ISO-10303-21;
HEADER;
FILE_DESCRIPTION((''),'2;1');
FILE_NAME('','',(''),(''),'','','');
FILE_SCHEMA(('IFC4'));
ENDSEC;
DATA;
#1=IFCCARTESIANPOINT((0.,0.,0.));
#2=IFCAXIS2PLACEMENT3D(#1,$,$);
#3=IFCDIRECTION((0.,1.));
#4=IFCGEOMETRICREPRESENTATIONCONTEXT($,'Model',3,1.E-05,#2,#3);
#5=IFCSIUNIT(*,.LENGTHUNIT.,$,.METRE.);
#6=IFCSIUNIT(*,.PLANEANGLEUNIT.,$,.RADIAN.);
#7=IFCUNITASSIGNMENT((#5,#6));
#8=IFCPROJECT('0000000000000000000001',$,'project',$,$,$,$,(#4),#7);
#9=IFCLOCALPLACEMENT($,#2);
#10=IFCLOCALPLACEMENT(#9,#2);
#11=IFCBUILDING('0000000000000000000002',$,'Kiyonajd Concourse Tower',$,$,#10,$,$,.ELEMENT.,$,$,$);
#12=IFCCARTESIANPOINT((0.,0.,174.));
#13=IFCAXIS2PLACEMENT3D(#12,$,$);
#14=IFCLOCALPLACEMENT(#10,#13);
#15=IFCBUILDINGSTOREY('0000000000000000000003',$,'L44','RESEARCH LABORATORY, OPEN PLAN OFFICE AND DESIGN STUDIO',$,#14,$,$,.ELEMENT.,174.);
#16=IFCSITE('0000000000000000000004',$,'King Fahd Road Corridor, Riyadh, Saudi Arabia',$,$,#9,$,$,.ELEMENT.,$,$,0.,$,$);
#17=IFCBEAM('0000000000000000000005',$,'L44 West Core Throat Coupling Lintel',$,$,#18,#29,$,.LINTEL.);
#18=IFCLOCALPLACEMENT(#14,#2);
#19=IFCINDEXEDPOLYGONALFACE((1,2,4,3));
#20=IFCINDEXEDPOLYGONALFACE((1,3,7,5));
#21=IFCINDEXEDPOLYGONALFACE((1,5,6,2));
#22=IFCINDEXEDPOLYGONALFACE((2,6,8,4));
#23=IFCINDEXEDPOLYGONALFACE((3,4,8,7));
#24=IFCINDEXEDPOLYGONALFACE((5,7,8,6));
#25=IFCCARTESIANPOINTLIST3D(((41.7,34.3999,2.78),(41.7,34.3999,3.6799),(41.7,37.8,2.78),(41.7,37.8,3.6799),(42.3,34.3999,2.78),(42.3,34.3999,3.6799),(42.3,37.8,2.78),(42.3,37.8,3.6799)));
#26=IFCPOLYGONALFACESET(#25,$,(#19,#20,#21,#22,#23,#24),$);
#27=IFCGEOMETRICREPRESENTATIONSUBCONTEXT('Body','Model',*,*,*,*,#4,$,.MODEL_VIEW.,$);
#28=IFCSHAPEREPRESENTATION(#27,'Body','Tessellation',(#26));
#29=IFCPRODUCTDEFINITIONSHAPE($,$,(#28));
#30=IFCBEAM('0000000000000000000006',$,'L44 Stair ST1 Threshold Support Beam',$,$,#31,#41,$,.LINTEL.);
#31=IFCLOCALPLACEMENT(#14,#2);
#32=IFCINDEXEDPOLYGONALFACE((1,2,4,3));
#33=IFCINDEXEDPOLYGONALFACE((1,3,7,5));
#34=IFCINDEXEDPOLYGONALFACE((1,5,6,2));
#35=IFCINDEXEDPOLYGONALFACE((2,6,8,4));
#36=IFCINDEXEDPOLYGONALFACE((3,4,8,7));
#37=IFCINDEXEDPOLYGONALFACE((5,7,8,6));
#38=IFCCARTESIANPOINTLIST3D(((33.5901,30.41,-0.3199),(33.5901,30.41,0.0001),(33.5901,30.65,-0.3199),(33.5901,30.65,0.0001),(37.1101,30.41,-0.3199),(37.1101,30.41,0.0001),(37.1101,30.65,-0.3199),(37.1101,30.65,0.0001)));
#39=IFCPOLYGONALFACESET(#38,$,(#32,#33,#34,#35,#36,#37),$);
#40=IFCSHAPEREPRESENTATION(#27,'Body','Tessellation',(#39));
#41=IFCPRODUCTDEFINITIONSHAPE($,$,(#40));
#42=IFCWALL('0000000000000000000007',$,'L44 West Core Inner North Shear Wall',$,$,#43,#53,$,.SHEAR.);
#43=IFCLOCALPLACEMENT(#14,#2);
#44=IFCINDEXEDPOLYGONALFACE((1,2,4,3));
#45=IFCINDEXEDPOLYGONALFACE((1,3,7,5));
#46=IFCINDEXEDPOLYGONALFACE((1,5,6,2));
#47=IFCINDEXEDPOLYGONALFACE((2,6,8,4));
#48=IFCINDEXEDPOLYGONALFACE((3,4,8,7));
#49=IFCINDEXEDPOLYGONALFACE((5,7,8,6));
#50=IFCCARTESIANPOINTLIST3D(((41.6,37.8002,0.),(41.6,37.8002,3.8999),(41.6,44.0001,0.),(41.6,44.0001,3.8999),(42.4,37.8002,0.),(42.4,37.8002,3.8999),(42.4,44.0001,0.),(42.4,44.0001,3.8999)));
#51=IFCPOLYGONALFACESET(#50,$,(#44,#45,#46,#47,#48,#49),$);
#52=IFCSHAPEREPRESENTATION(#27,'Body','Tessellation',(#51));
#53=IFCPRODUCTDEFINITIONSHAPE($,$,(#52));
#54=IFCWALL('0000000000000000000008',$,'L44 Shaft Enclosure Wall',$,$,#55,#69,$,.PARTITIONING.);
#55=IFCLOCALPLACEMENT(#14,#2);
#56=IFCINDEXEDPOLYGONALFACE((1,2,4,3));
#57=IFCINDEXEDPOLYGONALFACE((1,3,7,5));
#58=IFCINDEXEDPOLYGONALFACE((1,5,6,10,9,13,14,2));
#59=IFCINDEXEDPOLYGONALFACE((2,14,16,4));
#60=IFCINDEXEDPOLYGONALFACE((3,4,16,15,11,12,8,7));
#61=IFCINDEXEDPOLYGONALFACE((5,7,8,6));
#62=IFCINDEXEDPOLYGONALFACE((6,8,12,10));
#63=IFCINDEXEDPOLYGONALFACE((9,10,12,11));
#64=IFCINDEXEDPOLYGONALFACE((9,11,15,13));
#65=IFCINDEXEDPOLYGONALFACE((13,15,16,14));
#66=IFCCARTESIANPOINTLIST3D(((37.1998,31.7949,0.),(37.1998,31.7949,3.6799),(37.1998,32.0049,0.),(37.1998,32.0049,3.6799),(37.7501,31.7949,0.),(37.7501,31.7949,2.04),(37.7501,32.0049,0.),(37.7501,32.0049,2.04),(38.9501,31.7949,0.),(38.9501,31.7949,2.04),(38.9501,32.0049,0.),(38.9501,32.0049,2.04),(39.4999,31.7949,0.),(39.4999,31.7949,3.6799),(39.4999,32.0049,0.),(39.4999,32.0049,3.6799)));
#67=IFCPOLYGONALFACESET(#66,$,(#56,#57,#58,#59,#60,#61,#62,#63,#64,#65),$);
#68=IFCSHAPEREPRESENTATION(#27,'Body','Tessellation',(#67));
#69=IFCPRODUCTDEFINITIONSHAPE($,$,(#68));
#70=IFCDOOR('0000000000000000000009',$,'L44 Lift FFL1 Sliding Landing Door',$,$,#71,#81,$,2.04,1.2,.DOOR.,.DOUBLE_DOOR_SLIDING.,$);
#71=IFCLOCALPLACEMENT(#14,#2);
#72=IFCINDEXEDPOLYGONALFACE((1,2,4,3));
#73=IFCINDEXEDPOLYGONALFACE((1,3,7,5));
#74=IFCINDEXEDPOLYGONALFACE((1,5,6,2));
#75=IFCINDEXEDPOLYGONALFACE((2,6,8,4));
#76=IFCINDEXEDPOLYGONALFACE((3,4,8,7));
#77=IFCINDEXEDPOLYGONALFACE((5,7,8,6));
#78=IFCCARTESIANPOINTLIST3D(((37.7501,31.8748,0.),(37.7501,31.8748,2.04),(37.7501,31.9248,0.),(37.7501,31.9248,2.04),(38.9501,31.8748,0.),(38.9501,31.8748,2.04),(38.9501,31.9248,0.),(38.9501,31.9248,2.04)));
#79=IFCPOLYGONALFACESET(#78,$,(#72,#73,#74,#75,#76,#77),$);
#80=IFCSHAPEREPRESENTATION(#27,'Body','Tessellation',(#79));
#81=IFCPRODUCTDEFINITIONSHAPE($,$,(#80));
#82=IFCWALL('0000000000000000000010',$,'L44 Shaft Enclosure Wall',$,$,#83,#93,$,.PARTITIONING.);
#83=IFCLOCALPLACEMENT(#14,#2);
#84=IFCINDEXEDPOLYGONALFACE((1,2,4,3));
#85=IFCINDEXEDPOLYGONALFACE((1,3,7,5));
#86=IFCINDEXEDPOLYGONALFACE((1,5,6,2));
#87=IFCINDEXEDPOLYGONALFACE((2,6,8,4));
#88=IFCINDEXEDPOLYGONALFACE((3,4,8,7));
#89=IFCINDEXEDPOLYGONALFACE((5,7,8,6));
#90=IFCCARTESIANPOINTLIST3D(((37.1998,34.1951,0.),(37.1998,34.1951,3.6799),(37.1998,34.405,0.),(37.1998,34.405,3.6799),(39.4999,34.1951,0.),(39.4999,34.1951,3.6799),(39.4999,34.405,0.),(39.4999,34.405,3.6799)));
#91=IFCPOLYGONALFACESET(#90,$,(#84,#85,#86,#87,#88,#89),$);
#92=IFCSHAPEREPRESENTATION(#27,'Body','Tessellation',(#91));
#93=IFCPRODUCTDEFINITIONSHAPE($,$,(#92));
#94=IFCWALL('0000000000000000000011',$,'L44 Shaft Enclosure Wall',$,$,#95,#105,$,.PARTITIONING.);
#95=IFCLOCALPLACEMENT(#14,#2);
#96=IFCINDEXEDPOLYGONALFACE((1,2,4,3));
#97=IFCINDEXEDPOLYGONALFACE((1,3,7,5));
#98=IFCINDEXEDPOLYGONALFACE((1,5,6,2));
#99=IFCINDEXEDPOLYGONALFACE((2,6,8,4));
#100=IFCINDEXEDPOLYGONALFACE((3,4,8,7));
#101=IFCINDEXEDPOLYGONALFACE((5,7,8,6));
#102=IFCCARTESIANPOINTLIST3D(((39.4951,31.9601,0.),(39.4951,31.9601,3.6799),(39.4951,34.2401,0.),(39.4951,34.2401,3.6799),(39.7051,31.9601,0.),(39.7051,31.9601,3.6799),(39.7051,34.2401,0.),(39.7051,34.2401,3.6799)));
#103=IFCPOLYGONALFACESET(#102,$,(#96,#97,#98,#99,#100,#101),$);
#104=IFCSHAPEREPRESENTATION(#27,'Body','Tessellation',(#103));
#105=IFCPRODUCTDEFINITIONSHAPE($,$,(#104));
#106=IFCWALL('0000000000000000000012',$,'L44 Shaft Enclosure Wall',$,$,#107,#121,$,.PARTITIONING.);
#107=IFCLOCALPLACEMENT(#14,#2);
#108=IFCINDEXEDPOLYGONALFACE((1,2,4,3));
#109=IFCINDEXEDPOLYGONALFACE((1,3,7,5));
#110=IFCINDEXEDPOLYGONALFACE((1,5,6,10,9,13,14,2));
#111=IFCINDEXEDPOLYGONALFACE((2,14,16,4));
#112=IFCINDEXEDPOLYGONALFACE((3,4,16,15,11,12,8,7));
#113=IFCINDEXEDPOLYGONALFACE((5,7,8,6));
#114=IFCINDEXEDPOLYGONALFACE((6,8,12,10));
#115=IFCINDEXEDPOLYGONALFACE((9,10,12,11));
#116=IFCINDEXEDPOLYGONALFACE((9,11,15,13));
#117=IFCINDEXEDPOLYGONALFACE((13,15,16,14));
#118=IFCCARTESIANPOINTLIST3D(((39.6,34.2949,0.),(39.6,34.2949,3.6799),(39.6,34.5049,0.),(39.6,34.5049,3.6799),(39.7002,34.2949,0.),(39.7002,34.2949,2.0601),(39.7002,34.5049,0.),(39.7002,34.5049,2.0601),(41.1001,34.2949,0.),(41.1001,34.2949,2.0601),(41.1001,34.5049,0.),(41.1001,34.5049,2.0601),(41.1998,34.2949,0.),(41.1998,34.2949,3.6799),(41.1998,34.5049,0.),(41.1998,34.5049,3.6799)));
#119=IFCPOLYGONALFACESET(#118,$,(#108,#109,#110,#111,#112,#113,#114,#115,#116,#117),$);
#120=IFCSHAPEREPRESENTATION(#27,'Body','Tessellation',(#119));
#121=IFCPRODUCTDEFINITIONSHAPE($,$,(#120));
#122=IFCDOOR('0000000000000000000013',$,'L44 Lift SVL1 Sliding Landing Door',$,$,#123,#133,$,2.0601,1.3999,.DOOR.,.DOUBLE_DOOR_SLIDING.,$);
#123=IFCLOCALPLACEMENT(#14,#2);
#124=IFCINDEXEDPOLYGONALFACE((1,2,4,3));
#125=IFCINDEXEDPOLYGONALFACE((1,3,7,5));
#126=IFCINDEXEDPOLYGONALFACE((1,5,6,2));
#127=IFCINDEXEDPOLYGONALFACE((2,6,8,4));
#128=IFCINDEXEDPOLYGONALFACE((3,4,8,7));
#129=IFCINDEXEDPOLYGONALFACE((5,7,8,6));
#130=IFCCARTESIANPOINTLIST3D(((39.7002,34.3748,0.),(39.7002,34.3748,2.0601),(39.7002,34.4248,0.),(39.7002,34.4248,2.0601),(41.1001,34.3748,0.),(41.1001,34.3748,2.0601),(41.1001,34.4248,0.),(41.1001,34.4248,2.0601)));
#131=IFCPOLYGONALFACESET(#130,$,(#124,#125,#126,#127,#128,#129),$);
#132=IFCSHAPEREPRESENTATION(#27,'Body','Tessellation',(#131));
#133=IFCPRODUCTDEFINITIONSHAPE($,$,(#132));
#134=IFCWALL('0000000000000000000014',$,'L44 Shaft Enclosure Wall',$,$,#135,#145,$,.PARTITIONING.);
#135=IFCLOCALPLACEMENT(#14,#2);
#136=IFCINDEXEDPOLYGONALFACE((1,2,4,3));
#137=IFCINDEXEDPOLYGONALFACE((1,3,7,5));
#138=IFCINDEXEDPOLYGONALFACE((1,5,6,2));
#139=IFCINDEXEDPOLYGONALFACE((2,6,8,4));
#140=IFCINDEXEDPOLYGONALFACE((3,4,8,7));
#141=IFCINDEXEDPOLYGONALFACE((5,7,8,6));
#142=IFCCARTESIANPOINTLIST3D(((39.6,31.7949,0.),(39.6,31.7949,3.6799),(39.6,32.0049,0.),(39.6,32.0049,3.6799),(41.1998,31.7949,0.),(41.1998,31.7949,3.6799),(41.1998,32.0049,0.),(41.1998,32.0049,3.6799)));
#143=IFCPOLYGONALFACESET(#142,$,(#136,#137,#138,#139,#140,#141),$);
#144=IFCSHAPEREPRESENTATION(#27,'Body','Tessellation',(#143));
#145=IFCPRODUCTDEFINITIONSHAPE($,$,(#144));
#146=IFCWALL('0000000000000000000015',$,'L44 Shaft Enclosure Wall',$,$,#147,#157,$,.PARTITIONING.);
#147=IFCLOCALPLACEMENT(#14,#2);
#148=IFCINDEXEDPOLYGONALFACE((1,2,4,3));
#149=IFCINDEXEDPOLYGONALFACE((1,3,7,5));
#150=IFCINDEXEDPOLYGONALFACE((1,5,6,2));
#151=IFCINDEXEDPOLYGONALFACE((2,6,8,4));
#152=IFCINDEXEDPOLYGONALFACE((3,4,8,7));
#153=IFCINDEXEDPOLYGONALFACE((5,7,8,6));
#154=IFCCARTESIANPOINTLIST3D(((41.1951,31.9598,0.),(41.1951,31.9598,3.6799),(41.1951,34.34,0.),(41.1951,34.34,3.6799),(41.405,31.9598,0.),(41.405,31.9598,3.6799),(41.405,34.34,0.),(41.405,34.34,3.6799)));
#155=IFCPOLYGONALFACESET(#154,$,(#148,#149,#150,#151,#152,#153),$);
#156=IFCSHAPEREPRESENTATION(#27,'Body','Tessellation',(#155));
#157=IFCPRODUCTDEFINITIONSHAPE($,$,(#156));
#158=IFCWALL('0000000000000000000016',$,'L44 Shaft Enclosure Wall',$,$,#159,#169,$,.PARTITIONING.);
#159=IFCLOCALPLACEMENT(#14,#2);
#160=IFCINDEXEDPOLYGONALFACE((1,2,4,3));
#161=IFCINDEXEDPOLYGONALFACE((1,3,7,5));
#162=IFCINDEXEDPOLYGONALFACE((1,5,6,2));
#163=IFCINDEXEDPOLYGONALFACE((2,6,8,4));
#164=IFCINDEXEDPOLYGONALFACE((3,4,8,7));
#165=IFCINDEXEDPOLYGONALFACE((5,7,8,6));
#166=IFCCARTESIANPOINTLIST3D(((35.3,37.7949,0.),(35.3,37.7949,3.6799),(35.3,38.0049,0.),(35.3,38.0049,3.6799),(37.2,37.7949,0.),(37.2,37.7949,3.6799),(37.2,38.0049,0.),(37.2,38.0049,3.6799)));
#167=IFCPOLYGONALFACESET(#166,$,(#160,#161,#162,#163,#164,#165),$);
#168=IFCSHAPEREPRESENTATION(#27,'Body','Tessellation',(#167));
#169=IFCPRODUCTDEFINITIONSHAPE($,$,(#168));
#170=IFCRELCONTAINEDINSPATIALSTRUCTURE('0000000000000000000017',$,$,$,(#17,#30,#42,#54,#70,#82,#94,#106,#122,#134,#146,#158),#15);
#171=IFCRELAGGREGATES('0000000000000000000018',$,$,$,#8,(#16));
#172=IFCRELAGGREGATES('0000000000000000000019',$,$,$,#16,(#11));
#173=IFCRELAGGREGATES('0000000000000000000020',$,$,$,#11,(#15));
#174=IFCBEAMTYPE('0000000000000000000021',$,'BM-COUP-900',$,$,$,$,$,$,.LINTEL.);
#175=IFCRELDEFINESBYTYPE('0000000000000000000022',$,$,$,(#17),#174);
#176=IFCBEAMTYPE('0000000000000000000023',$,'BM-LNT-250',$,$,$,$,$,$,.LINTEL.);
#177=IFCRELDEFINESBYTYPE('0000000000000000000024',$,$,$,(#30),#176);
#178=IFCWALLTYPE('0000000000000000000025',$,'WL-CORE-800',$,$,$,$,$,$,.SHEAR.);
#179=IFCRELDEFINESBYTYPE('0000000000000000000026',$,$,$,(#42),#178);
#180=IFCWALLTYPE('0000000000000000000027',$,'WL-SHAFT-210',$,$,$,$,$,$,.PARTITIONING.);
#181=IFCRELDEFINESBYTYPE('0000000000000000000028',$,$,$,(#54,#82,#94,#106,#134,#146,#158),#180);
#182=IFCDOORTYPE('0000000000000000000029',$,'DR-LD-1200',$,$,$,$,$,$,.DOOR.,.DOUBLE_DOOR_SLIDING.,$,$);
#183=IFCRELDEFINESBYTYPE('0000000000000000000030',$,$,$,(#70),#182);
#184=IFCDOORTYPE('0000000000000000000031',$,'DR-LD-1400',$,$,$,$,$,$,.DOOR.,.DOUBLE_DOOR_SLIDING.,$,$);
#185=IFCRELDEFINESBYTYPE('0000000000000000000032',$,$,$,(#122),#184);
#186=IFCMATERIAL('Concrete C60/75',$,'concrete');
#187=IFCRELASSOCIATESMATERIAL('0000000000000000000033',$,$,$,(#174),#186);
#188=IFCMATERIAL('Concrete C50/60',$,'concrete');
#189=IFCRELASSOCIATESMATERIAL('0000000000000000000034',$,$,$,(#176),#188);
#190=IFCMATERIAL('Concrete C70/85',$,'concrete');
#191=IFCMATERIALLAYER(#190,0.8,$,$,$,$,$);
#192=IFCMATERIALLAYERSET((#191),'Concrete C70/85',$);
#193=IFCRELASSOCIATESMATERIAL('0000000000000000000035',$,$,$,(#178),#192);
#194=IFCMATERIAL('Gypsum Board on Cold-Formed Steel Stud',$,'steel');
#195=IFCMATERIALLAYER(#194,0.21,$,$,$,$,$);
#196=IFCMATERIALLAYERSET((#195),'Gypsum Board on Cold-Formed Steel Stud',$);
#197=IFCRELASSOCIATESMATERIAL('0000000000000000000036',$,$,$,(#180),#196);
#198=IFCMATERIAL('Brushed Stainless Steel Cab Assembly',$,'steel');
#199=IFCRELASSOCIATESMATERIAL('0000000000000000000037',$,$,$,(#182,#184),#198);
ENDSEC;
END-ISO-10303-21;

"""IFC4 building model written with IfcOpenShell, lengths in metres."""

from ifc_helpers import new_model, si_unit, direction, frame, frame_2d, origin, origin_2d, place, context, subcontext, project, spatial, rectangle, extrude, material, layer, layer_set, material_profile, profile_set, type_object, element, fill, save


model = new_model("IFC4")

# Units and contexts
model_context = context("Model", 3, precision=1e-05, world=origin(), true_north=direction((0.0, 1.0)))
body_context = subcontext(model_context, "Body", "Model", "MODEL_VIEW")
ifc_project = project(units=[si_unit("LENGTHUNIT", "METRE"), si_unit("PLANEANGLEUNIT", "RADIAN")], contexts=[model_context])

# Site, building, storey
site_placement = place(None, origin())
site = spatial("IfcSite", under=ifc_project, at=site_placement, Name="King Fahd Road Corridor, Riyadh, Saudi Arabia", CompositionType="ELEMENT", RefElevation=0.0)
building_placement = place(site_placement, origin())
building = spatial("IfcBuilding", under=site, at=building_placement, Name="Kiyonajd Concourse Tower", CompositionType="ELEMENT")
storey_placement = place(building_placement, frame((0.0, 0.0, 174.0)))
storey = spatial("IfcBuildingStorey", under=building, at=storey_placement, Name="L44", Description="RESEARCH LABORATORY, OPEN PLAN OFFICE AND DESIGN STUDIO", CompositionType="ELEMENT", Elevation=174.0)

# Beams
ifc_material_1 = material(Name="Concrete C60/75", Category="concrete")
ifc_material_profile_1 = material_profile(ifc_material_1, rectangle(XDim=0.6001, YDim=0.8999, at=origin_2d()), Name="RCBM-600x900")
ifc_profile_set_1 = profile_set([ifc_material_profile_1], Name="Concrete C60/75")
beam_type_1 = type_object("IfcBeamType", Name="BM-COUP-900", PredefinedType="LINTEL", material=ifc_profile_set_1)
beam_1_placement = place(storey_placement, frame((42.0, 34.3999, 3.23), z_axis=(0.0, 1.0, 0.0), x_axis=(-1.0, 0.0, 0.0)))
element("IfcBeam", 1, at=beam_1_placement, inside=storey, type_object=beam_type_1, Name="L44 West Core Throat Coupling Lintel", PredefinedType="LINTEL", context=body_context, shape_type="SweptSolid", body=[
    extrude(rectangle(XDim=0.6001, YDim=0.8999, at=origin_2d()), origin(), (0.0, 0.0, 1.0), 3.4001),
])
ifc_material_2 = material(Name="Concrete C50/60", Category="concrete")
ifc_material_profile_2 = material_profile(ifc_material_2, rectangle(XDim=0.24, YDim=0.3201, at=origin_2d()), Name="RCBM-240x320")
ifc_profile_set_2 = profile_set([ifc_material_profile_2], Name="Concrete C50/60")
beam_type_2 = type_object("IfcBeamType", Name="BM-LNT-250", PredefinedType="LINTEL", material=ifc_profile_set_2)
beam_2_placement = place(storey_placement, frame((33.5901, 30.53, -0.1599), z_axis=(1.0, 0.0, 0.0), x_axis=(0.0, 1.0, 0.0)))
element("IfcBeam", 2, at=beam_2_placement, inside=storey, type_object=beam_type_2, Name="L44 Stair ST1 Threshold Support Beam", PredefinedType="LINTEL", context=body_context, shape_type="SweptSolid", body=[
    extrude(rectangle(XDim=0.24, YDim=0.3201, at=origin_2d()), origin(), (0.0, 0.0, 1.0), 3.52),
])

# Wall
ifc_material_3 = material(Name="Concrete C70/85", Category="concrete")
ifc_layer_1 = layer(ifc_material_3, 0.8)
ifc_layer_set_1 = layer_set([ifc_layer_1], Name="Concrete C70/85")
wall_type_1 = type_object("IfcWallType", Name="WL-CORE-800", PredefinedType="SHEAR", material=ifc_layer_set_1)
wall_1_placement = place(storey_placement, frame((42.0, 37.8, 0.0), z_axis=(0.0, 0.0, 1.0), x_axis=(0.0, 1.0, 0.0)))
element("IfcWall", 3, at=wall_1_placement, inside=storey, type_object=wall_type_1, Name="L44 West Core Inner North Shear Wall", PredefinedType="SHEAR", context=body_context, shape_type="SweptSolid", body=[
    extrude(rectangle(XDim=6.2, YDim=0.8, at=frame_2d((3.1001, 0.0))), origin(), (0.0, 0.0, 1.0), 3.8999),
])

# Wall, opening, door
ifc_material_4 = material(Name="Gypsum Board on Cold-Formed Steel Stud", Category="steel")
ifc_layer_2 = layer(ifc_material_4, 0.21)
ifc_layer_set_2 = layer_set([ifc_layer_2], Name="Gypsum Board on Cold-Formed Steel Stud")
wall_type_2 = type_object("IfcWallType", Name="WL-SHAFT-210", PredefinedType="PARTITIONING", material=ifc_layer_set_2)
wall_2_placement = place(storey_placement, frame((37.2, 31.8999, 0.0), z_axis=(0.0, 0.0, 1.0), x_axis=(1.0, 0.0, 0.0)))
wall_2 = element("IfcWall", 4, at=wall_2_placement, inside=storey, type_object=wall_type_2, Name="L44 Shaft Enclosure Wall", PredefinedType="PARTITIONING", context=body_context, shape_type="SweptSolid", body=[
    extrude(rectangle(XDim=2.3, YDim=0.21, at=frame_2d((1.1499, 0.0))), origin(), (0.0, 0.0, 1.0), 3.6799),
])
opening_1_placement = place(wall_2_placement, frame((0.55, 0.0, 0.0)))
opening_1 = element("IfcOpeningElement", 5, at=opening_1_placement, cuts=wall_2, PredefinedType="OPENING", context=body_context, shape_type="SweptSolid", body=[
    extrude(rectangle(XDim=1.2, YDim=2.04, at=frame_2d((0.6001, 1.02))), frame((0.0, 0.115, 0.0), z_axis=(0.0, -1.0, 0.0), x_axis=(1.0, 0.0, 0.0)), (0.0, 0.0, 1.0), 0.23),
])
ifc_material_5 = material(Name="Brushed Stainless Steel Cab Assembly", Category="steel")
door_type_1 = type_object("IfcDoorType", Name="DR-LD-1200", OperationType="DOUBLE_DOOR_SLIDING", PredefinedType="DOOR", material=ifc_material_5)
door_1_placement = place(opening_1_placement, origin())
door_1 = element("IfcDoor", 6, at=door_1_placement, inside=storey, type_object=door_type_1, Name="L44 Lift FFL1 Sliding Landing Door", OperationType="DOUBLE_DOOR_SLIDING", OverallHeight=2.04, OverallWidth=1.2, PredefinedType="DOOR", context=body_context, shape_type="SweptSolid", body=[
    extrude(rectangle(XDim=1.2, YDim=2.04, at=frame_2d((0.6001, 1.02))), frame((0.0, 0.0249, 0.0), z_axis=(0.0, -1.0, 0.0), x_axis=(1.0, 0.0, 0.0)), (0.0, 0.0, 1.0), 0.05),
])
fill(opening_1, door_1)

# Walls
wall_3_placement = place(storey_placement, frame((37.2, 34.3, 0.0), z_axis=(0.0, 0.0, 1.0), x_axis=(1.0, 0.0, 0.0)))
element("IfcWall", 7, at=wall_3_placement, inside=storey, type_object=wall_type_2, Name="L44 Shaft Enclosure Wall", PredefinedType="PARTITIONING", context=body_context, shape_type="SweptSolid", body=[
    extrude(rectangle(XDim=2.3, YDim=0.21, at=frame_2d((1.1499, 0.0))), origin(), (0.0, 0.0, 1.0), 3.6799),
])
wall_4_placement = place(storey_placement, frame((39.6001, 31.96, 0.0), z_axis=(0.0, 0.0, 1.0), x_axis=(0.0, 1.0, 0.0)))
element("IfcWall", 8, at=wall_4_placement, inside=storey, type_object=wall_type_2, Name="L44 Shaft Enclosure Wall", PredefinedType="PARTITIONING", context=body_context, shape_type="SweptSolid", body=[
    extrude(rectangle(XDim=2.28, YDim=0.21, at=frame_2d((1.1401, 0.0))), origin(), (0.0, 0.0, 1.0), 3.6799),
])

# Wall, opening, door
wall_5_placement = place(storey_placement, frame((39.6001, 34.3999, 0.0), z_axis=(0.0, 0.0, 1.0), x_axis=(1.0, 0.0, 0.0)))
wall_5 = element("IfcWall", 9, at=wall_5_placement, inside=storey, type_object=wall_type_2, Name="L44 Shaft Enclosure Wall", PredefinedType="PARTITIONING", context=body_context, shape_type="SweptSolid", body=[
    extrude(rectangle(XDim=1.5999, YDim=0.21, at=frame_2d((0.7998, 0.0))), origin(), (0.0, 0.0, 1.0), 3.6799),
])
opening_2_placement = place(wall_5_placement, frame((0.1001, 0.0, 0.0)))
opening_2 = element("IfcOpeningElement", 10, at=opening_2_placement, cuts=wall_5, PredefinedType="OPENING", context=body_context, shape_type="SweptSolid", body=[
    extrude(rectangle(XDim=1.3999, YDim=2.0601, at=frame_2d((0.7, 1.03))), frame((0.0, 0.115, 0.0), z_axis=(0.0, -1.0, 0.0), x_axis=(1.0, 0.0, 0.0)), (0.0, 0.0, 1.0), 0.23),
])
door_type_2 = type_object("IfcDoorType", Name="DR-LD-1400", OperationType="DOUBLE_DOOR_SLIDING", PredefinedType="DOOR", material=ifc_material_5)
door_2_placement = place(opening_2_placement, origin())
door_2 = element("IfcDoor", 11, at=door_2_placement, inside=storey, type_object=door_type_2, Name="L44 Lift SVL1 Sliding Landing Door", OperationType="DOUBLE_DOOR_SLIDING", OverallHeight=2.0601, OverallWidth=1.3999, PredefinedType="DOOR", context=body_context, shape_type="SweptSolid", body=[
    extrude(rectangle(XDim=1.3999, YDim=2.0601, at=frame_2d((0.7, 1.03))), frame((0.0, 0.0249, 0.0), z_axis=(0.0, -1.0, 0.0), x_axis=(1.0, 0.0, 0.0)), (0.0, 0.0, 1.0), 0.05),
])
fill(opening_2, door_2)

# Walls
wall_6_placement = place(storey_placement, frame((39.6001, 31.8999, 0.0), z_axis=(0.0, 0.0, 1.0), x_axis=(1.0, 0.0, 0.0)))
element("IfcWall", 12, at=wall_6_placement, inside=storey, type_object=wall_type_2, Name="L44 Shaft Enclosure Wall", PredefinedType="PARTITIONING", context=body_context, shape_type="SweptSolid", body=[
    extrude(rectangle(XDim=1.5999, YDim=0.21, at=frame_2d((0.7998, 0.0))), origin(), (0.0, 0.0, 1.0), 3.6799),
])
wall_7_placement = place(storey_placement, frame((41.3, 31.96, 0.0), z_axis=(0.0, 0.0, 1.0), x_axis=(0.0, 1.0, 0.0)))
element("IfcWall", 13, at=wall_7_placement, inside=storey, type_object=wall_type_2, Name="L44 Shaft Enclosure Wall", PredefinedType="PARTITIONING", context=body_context, shape_type="SweptSolid", body=[
    extrude(rectangle(XDim=2.3801, YDim=0.21, at=frame_2d((1.1899, 0.0))), origin(), (0.0, 0.0, 1.0), 3.6799),
])
wall_8_placement = place(storey_placement, frame((35.3, 37.8999, 0.0), z_axis=(0.0, 0.0, 1.0), x_axis=(1.0, 0.0, 0.0)))
element("IfcWall", 14, at=wall_8_placement, inside=storey, type_object=wall_type_2, Name="L44 Shaft Enclosure Wall", PredefinedType="PARTITIONING", context=body_context, shape_type="SweptSolid", body=[
    extrude(rectangle(XDim=1.8999, YDim=0.21, at=frame_2d((0.95, 0.0))), origin(), (0.0, 0.0, 1.0), 3.6799),
])

save(model, "model.ifc")
